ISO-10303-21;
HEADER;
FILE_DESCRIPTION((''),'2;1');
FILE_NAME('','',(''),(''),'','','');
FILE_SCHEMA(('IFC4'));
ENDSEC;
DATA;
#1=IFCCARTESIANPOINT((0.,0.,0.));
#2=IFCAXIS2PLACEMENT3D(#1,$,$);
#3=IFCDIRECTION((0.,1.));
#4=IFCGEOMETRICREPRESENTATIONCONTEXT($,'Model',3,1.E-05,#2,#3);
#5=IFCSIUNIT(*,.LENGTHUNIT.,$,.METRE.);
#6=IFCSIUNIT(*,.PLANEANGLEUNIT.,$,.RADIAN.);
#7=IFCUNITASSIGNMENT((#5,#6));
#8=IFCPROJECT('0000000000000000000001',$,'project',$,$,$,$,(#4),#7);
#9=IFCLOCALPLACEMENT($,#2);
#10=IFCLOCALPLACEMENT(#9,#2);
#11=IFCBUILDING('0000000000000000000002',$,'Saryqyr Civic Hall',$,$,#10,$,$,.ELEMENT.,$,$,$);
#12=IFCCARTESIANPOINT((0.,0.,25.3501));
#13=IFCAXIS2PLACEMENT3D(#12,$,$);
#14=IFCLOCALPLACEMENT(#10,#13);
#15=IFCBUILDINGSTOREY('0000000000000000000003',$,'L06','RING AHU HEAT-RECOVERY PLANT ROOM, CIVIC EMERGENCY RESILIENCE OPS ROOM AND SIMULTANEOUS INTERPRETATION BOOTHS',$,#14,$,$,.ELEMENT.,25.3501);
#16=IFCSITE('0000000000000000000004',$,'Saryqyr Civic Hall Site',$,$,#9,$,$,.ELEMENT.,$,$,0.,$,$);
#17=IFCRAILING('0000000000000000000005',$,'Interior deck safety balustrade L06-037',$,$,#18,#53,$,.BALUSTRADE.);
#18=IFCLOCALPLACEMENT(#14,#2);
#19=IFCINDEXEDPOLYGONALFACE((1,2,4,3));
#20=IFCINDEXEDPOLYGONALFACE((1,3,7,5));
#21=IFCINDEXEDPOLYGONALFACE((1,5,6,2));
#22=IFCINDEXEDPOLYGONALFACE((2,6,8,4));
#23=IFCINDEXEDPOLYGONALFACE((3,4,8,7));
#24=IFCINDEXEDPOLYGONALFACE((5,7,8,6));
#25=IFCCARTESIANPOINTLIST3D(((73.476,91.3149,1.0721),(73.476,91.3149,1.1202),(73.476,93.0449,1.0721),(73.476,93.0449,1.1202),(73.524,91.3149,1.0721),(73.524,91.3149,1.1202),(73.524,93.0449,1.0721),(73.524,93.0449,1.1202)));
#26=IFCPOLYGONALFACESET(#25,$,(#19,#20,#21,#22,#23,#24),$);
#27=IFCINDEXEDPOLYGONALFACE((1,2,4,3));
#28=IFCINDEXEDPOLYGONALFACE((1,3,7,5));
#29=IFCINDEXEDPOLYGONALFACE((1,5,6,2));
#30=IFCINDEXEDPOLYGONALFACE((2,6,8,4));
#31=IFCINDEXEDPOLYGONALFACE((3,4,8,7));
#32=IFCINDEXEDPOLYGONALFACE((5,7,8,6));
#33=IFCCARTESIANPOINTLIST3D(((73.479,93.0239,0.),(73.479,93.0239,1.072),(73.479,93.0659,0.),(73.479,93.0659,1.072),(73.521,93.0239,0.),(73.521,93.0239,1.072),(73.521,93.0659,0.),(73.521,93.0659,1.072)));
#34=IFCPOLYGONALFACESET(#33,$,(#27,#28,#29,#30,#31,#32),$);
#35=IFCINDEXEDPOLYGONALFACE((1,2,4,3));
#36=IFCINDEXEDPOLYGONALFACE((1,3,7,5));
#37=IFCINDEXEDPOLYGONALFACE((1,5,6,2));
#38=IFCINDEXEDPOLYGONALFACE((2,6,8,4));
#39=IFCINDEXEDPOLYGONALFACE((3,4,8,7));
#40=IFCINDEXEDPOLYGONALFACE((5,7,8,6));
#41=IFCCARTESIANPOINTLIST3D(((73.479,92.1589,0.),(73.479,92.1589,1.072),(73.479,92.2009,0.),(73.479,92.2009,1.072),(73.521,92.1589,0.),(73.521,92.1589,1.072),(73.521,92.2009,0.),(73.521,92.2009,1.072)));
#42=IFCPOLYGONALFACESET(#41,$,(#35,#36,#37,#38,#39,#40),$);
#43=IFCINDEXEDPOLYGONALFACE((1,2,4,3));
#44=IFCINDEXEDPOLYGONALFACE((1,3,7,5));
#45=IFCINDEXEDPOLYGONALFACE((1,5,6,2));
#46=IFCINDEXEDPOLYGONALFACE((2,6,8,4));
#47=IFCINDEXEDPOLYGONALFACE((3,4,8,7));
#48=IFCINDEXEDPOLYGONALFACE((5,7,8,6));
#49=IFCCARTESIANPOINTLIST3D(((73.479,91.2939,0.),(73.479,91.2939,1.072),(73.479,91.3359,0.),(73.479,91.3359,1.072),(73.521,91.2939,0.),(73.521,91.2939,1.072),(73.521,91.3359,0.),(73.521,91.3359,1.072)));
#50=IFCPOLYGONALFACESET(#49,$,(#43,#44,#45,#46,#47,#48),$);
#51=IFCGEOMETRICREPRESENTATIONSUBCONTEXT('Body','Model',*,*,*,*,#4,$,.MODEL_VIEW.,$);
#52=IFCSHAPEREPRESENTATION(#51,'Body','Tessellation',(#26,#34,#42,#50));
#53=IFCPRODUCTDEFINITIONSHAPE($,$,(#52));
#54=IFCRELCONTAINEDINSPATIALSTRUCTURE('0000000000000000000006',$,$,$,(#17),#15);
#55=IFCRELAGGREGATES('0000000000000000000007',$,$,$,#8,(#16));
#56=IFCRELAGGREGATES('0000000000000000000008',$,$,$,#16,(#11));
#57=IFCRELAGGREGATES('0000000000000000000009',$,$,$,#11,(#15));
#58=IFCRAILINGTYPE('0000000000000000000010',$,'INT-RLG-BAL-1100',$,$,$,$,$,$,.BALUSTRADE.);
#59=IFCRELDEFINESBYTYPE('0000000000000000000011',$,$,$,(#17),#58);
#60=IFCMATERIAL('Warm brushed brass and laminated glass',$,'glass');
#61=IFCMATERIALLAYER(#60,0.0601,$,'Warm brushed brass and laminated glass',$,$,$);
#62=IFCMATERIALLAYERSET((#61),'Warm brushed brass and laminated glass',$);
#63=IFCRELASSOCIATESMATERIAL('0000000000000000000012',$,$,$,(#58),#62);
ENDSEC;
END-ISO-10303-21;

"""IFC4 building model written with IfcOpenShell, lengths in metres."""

from ifc_helpers import new_model, si_unit, direction, frame, origin, origin_2d, place, context, subcontext, project, spatial, rectangle, extrude, material, layer, layer_set, type_object, element, save


model = new_model("IFC4")

# Units and contexts
model_context = context("Model", 3, precision=1e-05, world=origin(), true_north=direction((0.0, 1.0)))
body_context = subcontext(model_context, "Body", "Model", "MODEL_VIEW")
ifc_project = project(units=[si_unit("LENGTHUNIT", "METRE"), si_unit("PLANEANGLEUNIT", "RADIAN")], contexts=[model_context])

# Site, building, storey
site_placement = place(None, origin())
site = spatial("IfcSite", under=ifc_project, at=site_placement, Name="Saryqyr Civic Hall Site", CompositionType="ELEMENT", RefElevation=0.0)
building_placement = place(site_placement, origin())
building = spatial("IfcBuilding", under=site, at=building_placement, Name="Saryqyr Civic Hall", CompositionType="ELEMENT")
storey_placement = place(building_placement, frame((0.0, 0.0, 25.3501)))
storey = spatial("IfcBuildingStorey", under=building, at=storey_placement, Name="L06", Description="RING AHU HEAT-RECOVERY PLANT ROOM, CIVIC EMERGENCY RESILIENCE OPS ROOM AND SIMULTANEOUS INTERPRETATION BOOTHS", CompositionType="ELEMENT", Elevation=25.3501)

# Railing
ifc_material_1 = material(Name="Warm brushed brass and laminated glass", Category="glass")
ifc_layer_1 = layer(ifc_material_1, 0.0601, Name="Warm brushed brass and laminated glass")
ifc_layer_set_1 = layer_set([ifc_layer_1], Name="Warm brushed brass and laminated glass")
railing_type = type_object("IfcRailingType", Name="INT-RLG-BAL-1100", PredefinedType="BALUSTRADE", material=ifc_layer_set_1)
railing_1_placement = place(storey_placement, frame((73.5, 93.0449, 0.0)))
element("IfcRailing", 1, at=railing_1_placement, inside=storey, type_object=railing_type, Name="Interior deck safety balustrade L06-037", PredefinedType="BALUSTRADE", context=body_context, shape_type="SweptSolid", body=[
    extrude(rectangle(XDim=0.0481, YDim=0.0481, at=origin_2d()), frame((0.0, 0.0, 1.0962), z_axis=(0.0, -1.0, 0.0), x_axis=(1.0, 0.0, 0.0)), (0.0, 0.0, 1.0), 1.73),
    extrude(rectangle(XDim=0.042, YDim=0.042, at=origin_2d()), origin(), (0.0, 0.0, 1.0), 1.072),
    extrude(rectangle(XDim=0.042, YDim=0.042, at=origin_2d()), frame((0.0, -0.865, 0.0)), (0.0, 0.0, 1.0), 1.072),
    extrude(rectangle(XDim=0.042, YDim=0.042, at=origin_2d()), frame((0.0, -1.73, 0.0)), (0.0, 0.0, 1.0), 1.072),
])

save(model, "model.ifc")
